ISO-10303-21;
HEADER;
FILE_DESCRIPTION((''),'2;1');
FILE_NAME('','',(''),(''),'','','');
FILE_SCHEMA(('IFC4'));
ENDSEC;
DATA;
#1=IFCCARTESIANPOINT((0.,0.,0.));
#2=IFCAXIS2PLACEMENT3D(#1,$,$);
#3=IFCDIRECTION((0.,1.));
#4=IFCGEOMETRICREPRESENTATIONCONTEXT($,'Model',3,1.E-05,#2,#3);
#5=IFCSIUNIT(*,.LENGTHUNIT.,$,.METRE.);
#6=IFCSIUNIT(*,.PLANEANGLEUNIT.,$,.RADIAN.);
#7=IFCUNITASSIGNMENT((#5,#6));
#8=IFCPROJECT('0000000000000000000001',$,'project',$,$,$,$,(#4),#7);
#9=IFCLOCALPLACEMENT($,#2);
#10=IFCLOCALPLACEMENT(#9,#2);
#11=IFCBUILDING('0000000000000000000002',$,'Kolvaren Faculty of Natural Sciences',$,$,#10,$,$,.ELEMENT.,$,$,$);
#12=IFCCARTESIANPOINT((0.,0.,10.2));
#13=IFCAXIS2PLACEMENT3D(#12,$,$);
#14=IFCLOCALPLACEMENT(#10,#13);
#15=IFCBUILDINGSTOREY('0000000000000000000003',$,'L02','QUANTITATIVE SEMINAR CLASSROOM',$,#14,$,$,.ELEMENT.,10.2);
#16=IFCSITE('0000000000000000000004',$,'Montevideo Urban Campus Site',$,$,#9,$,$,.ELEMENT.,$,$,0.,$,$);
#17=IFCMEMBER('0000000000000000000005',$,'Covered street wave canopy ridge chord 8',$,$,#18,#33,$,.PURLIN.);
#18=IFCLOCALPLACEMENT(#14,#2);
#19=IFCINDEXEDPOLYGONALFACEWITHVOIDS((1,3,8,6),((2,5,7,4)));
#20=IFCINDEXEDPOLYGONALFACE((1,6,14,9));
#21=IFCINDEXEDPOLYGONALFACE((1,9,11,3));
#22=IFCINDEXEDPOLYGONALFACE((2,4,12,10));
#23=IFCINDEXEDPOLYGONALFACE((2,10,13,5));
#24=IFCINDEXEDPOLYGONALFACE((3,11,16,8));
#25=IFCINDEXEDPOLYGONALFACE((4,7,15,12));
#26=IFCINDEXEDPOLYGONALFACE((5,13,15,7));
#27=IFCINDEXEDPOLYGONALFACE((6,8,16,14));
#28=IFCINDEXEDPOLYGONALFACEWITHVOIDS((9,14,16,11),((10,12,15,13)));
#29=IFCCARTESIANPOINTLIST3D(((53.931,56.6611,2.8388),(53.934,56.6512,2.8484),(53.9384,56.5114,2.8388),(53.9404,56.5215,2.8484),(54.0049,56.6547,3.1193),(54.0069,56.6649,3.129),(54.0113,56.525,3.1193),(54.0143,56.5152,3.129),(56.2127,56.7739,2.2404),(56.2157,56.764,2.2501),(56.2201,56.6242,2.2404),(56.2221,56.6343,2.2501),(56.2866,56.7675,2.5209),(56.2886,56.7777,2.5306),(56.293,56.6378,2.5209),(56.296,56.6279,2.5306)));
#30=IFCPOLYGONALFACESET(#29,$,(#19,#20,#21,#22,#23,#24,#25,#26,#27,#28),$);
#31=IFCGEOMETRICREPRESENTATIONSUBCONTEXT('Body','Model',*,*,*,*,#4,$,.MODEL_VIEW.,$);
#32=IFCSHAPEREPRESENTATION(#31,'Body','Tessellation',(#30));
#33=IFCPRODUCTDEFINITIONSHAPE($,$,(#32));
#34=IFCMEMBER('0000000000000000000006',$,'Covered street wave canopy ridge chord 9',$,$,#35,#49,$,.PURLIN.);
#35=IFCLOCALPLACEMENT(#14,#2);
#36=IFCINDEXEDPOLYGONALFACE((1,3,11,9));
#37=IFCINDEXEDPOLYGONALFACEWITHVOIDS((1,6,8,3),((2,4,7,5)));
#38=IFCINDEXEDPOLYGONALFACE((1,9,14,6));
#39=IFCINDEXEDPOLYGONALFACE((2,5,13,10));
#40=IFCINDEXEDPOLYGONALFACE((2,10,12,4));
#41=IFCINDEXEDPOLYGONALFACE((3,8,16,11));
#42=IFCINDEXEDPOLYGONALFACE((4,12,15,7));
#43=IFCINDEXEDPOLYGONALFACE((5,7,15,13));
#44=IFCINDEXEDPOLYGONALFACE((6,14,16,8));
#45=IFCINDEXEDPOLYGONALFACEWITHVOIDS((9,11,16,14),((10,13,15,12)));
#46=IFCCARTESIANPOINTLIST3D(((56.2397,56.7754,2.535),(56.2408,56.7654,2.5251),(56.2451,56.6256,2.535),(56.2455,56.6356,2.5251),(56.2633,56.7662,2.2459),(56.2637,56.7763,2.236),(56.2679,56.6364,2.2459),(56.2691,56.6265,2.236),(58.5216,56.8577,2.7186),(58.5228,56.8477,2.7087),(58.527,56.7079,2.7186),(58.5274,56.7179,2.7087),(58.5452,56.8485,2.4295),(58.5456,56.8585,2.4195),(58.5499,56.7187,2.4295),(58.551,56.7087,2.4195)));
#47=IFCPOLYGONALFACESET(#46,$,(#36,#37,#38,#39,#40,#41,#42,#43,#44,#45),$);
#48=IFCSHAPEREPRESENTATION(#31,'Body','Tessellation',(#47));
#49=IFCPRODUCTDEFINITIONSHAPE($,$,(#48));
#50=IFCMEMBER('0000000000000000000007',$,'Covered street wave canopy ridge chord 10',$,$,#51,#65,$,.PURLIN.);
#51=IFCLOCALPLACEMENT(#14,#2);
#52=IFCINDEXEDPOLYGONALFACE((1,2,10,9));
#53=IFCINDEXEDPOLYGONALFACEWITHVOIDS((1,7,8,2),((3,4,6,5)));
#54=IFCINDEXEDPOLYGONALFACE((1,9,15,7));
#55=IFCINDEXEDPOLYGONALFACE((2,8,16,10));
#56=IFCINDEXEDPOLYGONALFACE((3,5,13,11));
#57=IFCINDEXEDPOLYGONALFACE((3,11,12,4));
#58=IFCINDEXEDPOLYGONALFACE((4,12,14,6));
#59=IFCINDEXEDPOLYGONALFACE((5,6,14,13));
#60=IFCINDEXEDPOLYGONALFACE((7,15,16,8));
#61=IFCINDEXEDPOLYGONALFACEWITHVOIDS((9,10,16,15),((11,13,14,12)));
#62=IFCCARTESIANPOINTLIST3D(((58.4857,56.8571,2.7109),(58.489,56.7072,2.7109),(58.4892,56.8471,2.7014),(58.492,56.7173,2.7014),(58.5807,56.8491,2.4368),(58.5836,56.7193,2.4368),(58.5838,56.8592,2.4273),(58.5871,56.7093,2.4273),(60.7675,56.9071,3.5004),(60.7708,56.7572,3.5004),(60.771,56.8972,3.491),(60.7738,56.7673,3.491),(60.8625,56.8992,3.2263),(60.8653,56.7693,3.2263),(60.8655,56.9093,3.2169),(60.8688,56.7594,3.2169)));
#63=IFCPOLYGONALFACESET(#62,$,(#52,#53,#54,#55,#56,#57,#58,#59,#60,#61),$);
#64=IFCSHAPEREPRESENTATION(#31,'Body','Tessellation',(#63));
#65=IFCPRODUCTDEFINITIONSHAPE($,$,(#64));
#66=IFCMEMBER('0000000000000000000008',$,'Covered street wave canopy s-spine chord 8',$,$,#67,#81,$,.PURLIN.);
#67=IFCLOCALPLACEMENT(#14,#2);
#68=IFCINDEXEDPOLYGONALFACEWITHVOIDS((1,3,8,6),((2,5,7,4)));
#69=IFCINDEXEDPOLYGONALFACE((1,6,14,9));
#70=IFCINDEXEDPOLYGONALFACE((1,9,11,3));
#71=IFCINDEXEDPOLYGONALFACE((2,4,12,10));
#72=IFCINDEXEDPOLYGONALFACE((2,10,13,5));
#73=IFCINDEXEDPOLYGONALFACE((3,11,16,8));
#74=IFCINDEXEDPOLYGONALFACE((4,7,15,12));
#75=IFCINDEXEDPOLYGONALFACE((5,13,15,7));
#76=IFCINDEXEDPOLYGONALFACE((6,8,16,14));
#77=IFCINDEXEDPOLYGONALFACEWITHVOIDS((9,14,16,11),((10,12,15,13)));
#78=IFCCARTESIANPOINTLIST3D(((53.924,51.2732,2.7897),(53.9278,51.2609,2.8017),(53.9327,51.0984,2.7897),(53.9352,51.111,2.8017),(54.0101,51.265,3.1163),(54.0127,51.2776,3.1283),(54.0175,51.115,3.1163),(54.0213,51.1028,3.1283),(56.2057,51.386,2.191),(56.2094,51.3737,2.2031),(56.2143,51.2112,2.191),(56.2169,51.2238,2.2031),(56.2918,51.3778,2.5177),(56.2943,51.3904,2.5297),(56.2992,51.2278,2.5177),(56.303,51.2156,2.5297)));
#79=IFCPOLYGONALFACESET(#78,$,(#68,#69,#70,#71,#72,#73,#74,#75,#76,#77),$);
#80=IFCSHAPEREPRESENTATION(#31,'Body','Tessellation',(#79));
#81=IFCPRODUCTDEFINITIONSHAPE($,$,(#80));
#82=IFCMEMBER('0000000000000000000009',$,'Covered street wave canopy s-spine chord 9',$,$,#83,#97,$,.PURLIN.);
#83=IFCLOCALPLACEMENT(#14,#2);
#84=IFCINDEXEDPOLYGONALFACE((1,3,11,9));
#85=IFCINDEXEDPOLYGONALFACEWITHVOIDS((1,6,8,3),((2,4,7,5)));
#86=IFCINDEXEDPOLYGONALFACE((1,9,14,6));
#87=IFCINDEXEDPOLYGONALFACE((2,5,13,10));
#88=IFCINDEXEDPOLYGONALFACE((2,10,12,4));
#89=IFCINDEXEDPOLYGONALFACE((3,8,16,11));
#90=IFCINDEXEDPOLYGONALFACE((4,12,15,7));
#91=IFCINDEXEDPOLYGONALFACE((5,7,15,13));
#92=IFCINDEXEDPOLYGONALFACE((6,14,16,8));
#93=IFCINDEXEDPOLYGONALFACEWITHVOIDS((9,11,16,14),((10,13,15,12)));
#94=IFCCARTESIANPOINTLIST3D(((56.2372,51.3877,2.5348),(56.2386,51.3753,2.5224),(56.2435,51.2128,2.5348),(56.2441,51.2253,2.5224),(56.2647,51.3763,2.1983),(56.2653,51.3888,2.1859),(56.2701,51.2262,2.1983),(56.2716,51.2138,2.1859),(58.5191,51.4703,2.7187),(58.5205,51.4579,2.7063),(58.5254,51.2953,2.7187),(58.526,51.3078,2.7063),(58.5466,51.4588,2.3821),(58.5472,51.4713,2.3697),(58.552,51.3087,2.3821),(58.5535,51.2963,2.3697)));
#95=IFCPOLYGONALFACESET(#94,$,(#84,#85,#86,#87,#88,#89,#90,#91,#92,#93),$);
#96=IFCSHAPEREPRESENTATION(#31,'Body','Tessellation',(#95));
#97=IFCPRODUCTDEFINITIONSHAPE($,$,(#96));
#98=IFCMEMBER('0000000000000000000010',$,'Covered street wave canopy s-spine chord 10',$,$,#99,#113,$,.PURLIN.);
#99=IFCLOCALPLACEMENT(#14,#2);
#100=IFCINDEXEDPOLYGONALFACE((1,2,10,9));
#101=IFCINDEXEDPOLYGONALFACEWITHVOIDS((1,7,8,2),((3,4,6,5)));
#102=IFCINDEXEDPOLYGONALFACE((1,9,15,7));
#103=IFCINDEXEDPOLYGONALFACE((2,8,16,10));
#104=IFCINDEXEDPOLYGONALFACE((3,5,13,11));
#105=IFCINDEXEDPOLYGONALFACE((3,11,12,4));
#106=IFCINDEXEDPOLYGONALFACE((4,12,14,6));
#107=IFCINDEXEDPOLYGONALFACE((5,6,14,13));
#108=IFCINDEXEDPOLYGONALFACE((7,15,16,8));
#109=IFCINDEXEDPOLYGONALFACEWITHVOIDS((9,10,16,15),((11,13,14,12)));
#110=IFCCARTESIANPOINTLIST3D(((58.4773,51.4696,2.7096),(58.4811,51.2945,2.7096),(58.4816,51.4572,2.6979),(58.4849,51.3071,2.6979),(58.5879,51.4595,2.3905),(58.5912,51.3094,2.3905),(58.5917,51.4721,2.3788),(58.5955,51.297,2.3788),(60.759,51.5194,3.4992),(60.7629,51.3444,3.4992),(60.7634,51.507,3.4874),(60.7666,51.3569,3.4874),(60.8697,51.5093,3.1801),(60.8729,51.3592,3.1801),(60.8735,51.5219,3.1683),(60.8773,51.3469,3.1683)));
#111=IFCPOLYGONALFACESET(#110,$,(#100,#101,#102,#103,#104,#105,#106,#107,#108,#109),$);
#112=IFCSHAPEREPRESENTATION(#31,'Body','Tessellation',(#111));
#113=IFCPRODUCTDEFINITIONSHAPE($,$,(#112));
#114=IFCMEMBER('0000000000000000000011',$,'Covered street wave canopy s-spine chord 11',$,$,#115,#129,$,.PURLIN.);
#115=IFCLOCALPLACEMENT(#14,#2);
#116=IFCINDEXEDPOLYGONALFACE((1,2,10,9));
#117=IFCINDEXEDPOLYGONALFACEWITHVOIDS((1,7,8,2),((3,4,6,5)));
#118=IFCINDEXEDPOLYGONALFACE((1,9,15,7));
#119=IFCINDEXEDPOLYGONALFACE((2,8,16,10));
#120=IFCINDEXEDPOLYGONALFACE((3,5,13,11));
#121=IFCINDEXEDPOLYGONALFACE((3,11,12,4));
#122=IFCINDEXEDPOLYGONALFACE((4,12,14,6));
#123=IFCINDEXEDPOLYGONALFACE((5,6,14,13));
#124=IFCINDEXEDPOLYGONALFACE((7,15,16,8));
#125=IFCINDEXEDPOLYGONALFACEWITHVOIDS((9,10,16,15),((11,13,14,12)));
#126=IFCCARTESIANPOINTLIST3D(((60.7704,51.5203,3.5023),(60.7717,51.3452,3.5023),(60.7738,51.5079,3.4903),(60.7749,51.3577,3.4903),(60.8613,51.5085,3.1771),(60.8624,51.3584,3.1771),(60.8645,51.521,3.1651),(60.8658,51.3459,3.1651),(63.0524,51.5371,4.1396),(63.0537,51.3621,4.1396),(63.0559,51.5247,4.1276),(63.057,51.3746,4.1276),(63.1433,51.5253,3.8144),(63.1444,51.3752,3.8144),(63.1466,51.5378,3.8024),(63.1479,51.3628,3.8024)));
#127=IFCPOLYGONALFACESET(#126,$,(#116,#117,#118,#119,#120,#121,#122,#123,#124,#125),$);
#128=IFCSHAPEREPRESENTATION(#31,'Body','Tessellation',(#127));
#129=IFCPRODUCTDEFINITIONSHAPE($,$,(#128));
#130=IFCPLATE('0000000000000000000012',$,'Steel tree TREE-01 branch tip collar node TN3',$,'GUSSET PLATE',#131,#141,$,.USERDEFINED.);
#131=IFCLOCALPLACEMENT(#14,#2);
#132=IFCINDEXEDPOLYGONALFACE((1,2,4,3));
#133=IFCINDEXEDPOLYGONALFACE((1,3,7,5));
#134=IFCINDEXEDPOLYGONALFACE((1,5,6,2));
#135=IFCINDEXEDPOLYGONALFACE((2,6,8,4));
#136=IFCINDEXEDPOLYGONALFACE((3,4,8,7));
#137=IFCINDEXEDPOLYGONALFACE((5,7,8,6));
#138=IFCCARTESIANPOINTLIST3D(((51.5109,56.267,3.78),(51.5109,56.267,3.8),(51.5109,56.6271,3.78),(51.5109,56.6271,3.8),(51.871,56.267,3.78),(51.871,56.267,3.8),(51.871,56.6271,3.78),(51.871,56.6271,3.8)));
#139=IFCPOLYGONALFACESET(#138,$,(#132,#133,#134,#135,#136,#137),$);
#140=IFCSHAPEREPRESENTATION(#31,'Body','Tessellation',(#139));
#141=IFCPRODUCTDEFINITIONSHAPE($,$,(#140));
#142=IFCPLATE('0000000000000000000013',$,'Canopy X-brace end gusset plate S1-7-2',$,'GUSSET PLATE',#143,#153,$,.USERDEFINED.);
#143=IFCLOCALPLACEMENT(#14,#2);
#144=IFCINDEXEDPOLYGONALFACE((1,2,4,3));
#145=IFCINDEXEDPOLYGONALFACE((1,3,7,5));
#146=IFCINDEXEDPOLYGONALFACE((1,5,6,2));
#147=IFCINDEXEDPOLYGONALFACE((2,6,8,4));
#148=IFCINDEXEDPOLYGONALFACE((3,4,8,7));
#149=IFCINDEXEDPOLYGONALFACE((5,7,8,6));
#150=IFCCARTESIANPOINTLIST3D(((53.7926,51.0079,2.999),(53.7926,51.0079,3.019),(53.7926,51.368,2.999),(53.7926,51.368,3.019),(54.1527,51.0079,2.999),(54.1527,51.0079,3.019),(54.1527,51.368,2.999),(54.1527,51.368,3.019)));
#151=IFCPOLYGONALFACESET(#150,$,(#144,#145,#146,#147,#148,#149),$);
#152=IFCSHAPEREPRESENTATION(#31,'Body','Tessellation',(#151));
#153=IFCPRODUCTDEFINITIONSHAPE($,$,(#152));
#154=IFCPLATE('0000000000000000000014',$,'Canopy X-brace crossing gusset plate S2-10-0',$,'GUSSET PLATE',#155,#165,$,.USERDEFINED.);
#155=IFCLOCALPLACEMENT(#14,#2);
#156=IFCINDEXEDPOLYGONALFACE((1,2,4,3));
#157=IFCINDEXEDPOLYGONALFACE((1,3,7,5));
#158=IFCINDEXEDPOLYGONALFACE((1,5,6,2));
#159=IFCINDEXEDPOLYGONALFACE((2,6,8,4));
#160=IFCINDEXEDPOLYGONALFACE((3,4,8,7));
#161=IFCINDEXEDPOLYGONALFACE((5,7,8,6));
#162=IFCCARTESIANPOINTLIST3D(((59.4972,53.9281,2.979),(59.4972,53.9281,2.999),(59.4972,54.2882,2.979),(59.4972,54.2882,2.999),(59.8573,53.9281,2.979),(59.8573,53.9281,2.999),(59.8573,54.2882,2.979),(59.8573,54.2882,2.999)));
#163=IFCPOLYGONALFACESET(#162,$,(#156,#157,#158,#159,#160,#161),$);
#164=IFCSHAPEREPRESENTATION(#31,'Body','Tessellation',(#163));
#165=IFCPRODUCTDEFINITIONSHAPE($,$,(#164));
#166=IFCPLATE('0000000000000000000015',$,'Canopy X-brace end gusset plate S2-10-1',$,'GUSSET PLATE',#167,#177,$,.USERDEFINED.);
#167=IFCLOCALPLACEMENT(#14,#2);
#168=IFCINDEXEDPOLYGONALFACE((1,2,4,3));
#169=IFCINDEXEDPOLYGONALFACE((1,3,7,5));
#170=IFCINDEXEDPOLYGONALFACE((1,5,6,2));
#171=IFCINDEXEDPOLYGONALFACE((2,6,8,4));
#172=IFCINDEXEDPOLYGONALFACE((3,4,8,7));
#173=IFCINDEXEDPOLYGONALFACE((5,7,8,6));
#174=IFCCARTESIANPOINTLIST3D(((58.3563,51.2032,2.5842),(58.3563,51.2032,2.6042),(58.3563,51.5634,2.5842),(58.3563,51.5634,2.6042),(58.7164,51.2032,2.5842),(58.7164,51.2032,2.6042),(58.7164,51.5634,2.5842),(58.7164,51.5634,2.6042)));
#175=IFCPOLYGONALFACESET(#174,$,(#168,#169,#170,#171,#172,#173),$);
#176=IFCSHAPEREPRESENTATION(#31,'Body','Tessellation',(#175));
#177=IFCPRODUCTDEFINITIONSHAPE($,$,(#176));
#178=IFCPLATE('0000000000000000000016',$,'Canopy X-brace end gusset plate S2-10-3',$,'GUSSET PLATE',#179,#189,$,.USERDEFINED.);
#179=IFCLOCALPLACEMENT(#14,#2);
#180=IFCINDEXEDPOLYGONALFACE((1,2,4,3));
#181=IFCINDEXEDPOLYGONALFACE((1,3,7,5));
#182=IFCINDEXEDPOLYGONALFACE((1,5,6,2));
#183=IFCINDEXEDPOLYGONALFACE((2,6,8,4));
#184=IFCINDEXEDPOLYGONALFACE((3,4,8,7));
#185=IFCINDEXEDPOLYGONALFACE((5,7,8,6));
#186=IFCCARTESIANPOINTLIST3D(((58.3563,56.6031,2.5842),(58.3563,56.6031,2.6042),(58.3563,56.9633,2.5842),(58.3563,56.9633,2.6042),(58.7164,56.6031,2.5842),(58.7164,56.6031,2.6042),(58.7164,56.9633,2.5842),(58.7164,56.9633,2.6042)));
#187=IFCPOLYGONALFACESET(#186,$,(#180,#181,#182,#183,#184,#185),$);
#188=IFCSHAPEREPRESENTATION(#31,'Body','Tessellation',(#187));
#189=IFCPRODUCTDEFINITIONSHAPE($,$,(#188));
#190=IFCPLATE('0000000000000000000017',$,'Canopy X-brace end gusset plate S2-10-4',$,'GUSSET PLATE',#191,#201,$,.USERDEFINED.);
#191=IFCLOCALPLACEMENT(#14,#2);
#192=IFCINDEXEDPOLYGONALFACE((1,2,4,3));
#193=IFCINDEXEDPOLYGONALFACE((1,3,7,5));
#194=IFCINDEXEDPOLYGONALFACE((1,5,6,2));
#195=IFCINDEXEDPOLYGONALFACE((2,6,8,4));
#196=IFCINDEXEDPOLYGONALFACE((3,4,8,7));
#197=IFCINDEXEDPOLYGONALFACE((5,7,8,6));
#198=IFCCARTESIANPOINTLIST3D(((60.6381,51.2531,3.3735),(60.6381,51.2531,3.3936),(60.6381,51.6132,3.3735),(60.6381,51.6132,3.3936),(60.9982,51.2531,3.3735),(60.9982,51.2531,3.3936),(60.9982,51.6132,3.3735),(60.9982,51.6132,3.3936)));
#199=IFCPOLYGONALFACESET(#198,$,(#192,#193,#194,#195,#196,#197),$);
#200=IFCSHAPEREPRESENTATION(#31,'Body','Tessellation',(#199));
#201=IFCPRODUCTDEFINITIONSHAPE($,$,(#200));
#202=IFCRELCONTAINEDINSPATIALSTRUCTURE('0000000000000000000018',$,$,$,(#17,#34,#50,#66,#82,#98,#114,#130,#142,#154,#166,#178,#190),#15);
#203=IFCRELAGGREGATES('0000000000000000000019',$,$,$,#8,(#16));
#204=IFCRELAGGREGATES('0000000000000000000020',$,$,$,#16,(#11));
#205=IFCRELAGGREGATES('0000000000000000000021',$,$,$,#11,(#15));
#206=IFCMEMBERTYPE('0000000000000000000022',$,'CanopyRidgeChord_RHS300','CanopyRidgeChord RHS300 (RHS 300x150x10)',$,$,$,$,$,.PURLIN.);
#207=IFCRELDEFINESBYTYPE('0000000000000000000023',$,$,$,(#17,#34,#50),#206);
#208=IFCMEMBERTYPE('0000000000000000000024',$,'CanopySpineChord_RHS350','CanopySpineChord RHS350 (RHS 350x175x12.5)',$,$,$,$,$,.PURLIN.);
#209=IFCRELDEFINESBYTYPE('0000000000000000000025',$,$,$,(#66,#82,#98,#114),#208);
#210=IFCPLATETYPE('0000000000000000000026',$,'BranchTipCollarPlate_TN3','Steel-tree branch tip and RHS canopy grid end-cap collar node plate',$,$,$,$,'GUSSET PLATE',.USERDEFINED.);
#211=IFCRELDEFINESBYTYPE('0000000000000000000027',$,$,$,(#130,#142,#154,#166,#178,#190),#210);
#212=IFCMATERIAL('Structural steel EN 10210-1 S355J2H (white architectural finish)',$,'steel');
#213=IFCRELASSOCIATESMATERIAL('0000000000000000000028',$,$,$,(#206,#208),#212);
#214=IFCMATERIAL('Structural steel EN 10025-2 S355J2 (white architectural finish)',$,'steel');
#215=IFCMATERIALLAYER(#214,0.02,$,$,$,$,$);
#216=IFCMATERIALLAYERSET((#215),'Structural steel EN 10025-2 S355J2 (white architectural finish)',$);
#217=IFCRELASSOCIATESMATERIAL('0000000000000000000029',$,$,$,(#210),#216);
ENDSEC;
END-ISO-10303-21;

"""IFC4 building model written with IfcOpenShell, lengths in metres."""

from ifc_helpers import new_model, si_unit, direction, frame, origin, origin_2d, place, context, subcontext, project, spatial, rectangle, hollow_rectangle, extrude, material, layer, layer_set, material_profile, profile_set, type_object, element, save


model = new_model("IFC4")

# Units and contexts
model_context = context("Model", 3, precision=1e-05, world=origin(), true_north=direction((0.0, 1.0)))
body_context = subcontext(model_context, "Body", "Model", "MODEL_VIEW")
ifc_project = project(units=[si_unit("LENGTHUNIT", "METRE"), si_unit("PLANEANGLEUNIT", "RADIAN")], contexts=[model_context])

# Site, building, storey
site_placement = place(None, origin())
site = spatial("IfcSite", under=ifc_project, at=site_placement, Name="Montevideo Urban Campus Site", CompositionType="ELEMENT", RefElevation=0.0)
building_placement = place(site_placement, origin())
building = spatial("IfcBuilding", under=site, at=building_placement, Name="Kolvaren Faculty of Natural Sciences", CompositionType="ELEMENT")
storey_placement = place(building_placement, frame((0.0, 0.0, 10.2)))
storey = spatial("IfcBuildingStorey", under=building, at=storey_placement, Name="L02", Description="QUANTITATIVE SEMINAR CLASSROOM", CompositionType="ELEMENT", Elevation=10.2)

# Members
ifc_material_1 = material(Name="Structural steel EN 10210-1 S355J2H (white architectural finish)", Category="steel")
ifc_material_profile_1 = material_profile(ifc_material_1, hollow_rectangle(XDim=0.1499, YDim=0.3, WallThickness=0.01, at=origin_2d()), Name="RHS 300x150x10")
ifc_profile_set_1 = profile_set([ifc_material_profile_1], Name="Structural steel EN 10210-1 S355J2H (white architectural finish)")
member_type_1 = type_object("IfcMemberType", Name="CanopyRidgeChord_RHS300", Description="CanopyRidgeChord RHS300 (RHS 300x150x10)", PredefinedType="PURLIN", material=ifc_profile_set_1)
member_1_placement = place(storey_placement, frame((53.9727, 56.5881, 2.9839), z_axis=(0.966186, 0.047761, -0.253384), x_axis=(-0.049373, 0.99878, 0.0)))
element("IfcMember", 1, at=member_1_placement, inside=storey, type_object=member_type_1, Name="Covered street wave canopy ridge chord 8", PredefinedType="PURLIN", context=body_context, shape_type="SweptSolid", body=[
    extrude(hollow_rectangle(XDim=0.1499, YDim=0.3, WallThickness=0.01, at=origin_2d()), origin(), (0.0, 0.0, 1.0), 2.3616),
])
member_2_placement = place(storey_placement, frame((56.2544, 56.7009, 2.3855), z_axis=(0.996136, 0.035915, 0.080143), x_axis=(-0.036031, 0.999351, 0.0)))
element("IfcMember", 2, at=member_2_placement, inside=storey, type_object=member_type_1, Name="Covered street wave canopy ridge chord 9", PredefinedType="PURLIN", context=body_context, shape_type="SweptSolid", body=[
    extrude(hollow_rectangle(XDim=0.1499, YDim=0.3, WallThickness=0.01, at=origin_2d()), origin(), (0.0, 0.0, 1.0), 2.2908),
])
member_3_placement = place(storey_placement, frame((58.5364, 56.7832, 2.5691), z_axis=(0.944819, 0.020724, 0.326936), x_axis=(-0.021929, 0.99976, 0.0)))
element("IfcMember", 3, at=member_3_placement, inside=storey, type_object=member_type_1, Name="Covered street wave canopy ridge chord 10", PredefinedType="PURLIN", context=body_context, shape_type="SweptSolid", body=[
    extrude(hollow_rectangle(XDim=0.1499, YDim=0.3, WallThickness=0.01, at=origin_2d()), origin(), (0.0, 0.0, 1.0), 2.415),
])
ifc_material_profile_2 = material_profile(ifc_material_1, hollow_rectangle(XDim=0.175, YDim=0.3501, WallThickness=0.0125, at=origin_2d()), Name="RHS 350x175x12.5")
ifc_profile_set_2 = profile_set([ifc_material_profile_2], Name="Structural steel EN 10210-1 S355J2H (white architectural finish)")
member_type_2 = type_object("IfcMemberType", Name="CanopySpineChord_RHS350", Description="CanopySpineChord RHS350 (RHS 350x175x12.5)", PredefinedType="PURLIN", material=ifc_profile_set_2)
member_4_placement = place(storey_placement, frame((53.9727, 51.188, 2.959), z_axis=(0.966161, 0.04776, -0.25348), x_axis=(-0.049373, 0.99878, 0.0)))
element("IfcMember", 4, at=member_4_placement, inside=storey, type_object=member_type_2, Name="Covered street wave canopy s-spine chord 8", PredefinedType="PURLIN", context=body_context, shape_type="SweptSolid", body=[
    extrude(hollow_rectangle(XDim=0.175, YDim=0.3501, WallThickness=0.0125, at=origin_2d()), origin(), (0.0, 0.0, 1.0), 2.3616),
])
member_5_placement = place(storey_placement, frame((56.2544, 51.3008, 2.3604), z_axis=(0.996124, 0.036021, 0.080248), x_axis=(-0.036138, 0.999347, 0.0)))
element("IfcMember", 5, at=member_5_placement, inside=storey, type_object=member_type_2, Name="Covered street wave canopy s-spine chord 9", PredefinedType="PURLIN", context=body_context, shape_type="SweptSolid", body=[
    extrude(hollow_rectangle(XDim=0.175, YDim=0.3501, WallThickness=0.0125, at=origin_2d()), origin(), (0.0, 0.0, 1.0), 2.2908),
])
member_6_placement = place(storey_placement, frame((58.5364, 51.3833, 2.5442), z_axis=(0.944821, 0.020623, 0.326937), x_axis=(-0.021822, 0.999762, 0.0)))
element("IfcMember", 6, at=member_6_placement, inside=storey, type_object=member_type_2, Name="Covered street wave canopy s-spine chord 10", PredefinedType="PURLIN", context=body_context, shape_type="SweptSolid", body=[
    extrude(hollow_rectangle(XDim=0.175, YDim=0.3501, WallThickness=0.0125, at=origin_2d()), origin(), (0.0, 0.0, 1.0), 2.415),
])
member_7_placement = place(storey_placement, frame((60.8181, 51.4331, 3.3337), z_axis=(0.963131, 0.00711, 0.268939), x_axis=(-0.007382, 0.999973, 0.0)))
element("IfcMember", 7, at=member_7_placement, inside=storey, type_object=member_type_2, Name="Covered street wave canopy s-spine chord 11", PredefinedType="PURLIN", context=body_context, shape_type="SweptSolid", body=[
    extrude(hollow_rectangle(XDim=0.175, YDim=0.3501, WallThickness=0.0125, at=origin_2d()), origin(), (0.0, 0.0, 1.0), 2.3694),
])

# Plates
ifc_material_2 = material(Name="Structural steel EN 10025-2 S355J2 (white architectural finish)", Category="steel")
ifc_layer_1 = layer(ifc_material_2, 0.02)
ifc_layer_set_1 = layer_set([ifc_layer_1], Name="Structural steel EN 10025-2 S355J2 (white architectural finish)")
plate_type_1 = type_object("IfcPlateType", Name="BranchTipCollarPlate_TN3", Description="Steel-tree branch tip and RHS canopy grid end-cap collar node plate", ElementType="GUSSET PLATE", PredefinedType="USERDEFINED", material=ifc_layer_set_1)
for number, where, z_axis, x_axis, name in (
    (8, (51.6909, 56.447, 3.78), (0.0, 0.0, 1.0), (1.0, 0.0, 0.0), "Steel tree TREE-01 branch tip collar node TN3"),
    (9, (53.9727, 51.188, 2.999), (0.0, 0.0, 1.0), (1.0, 0.0, 0.0), "Canopy X-brace end gusset plate S1-7-2"),
    (10, (59.6772, 54.1082, 2.979), (0.0, 0.0, 1.0), (1.0, 0.0, 0.0), "Canopy X-brace crossing gusset plate S2-10-0"),
    (11, (58.5364, 51.3833, 2.5842), (0.0, 0.0, 1.0), (1.0, 0.0, 0.0), "Canopy X-brace end gusset plate S2-10-1"),
    (12, (58.5364, 56.7832, 2.5842), (0.0, 0.0, 1.0), (1.0, 0.0, 0.0), "Canopy X-brace end gusset plate S2-10-3"),
    (13, (60.8181, 51.4331, 3.3735), (0.0, 0.0, 1.0), (1.0, 0.0, 0.0), "Canopy X-brace end gusset plate S2-10-4"),
):
    element("IfcPlate", number, at=place(storey_placement, frame(where, z_axis=z_axis, x_axis=x_axis)), inside=storey, type_object=plate_type_1, Name=name, ObjectType="GUSSET PLATE", PredefinedType="USERDEFINED", context=body_context, shape_type="SweptSolid", body=[
        extrude(rectangle(XDim=0.3601, YDim=0.3601, at=origin_2d()), origin(), (0.0, 0.0, 1.0), 0.02),
    ])

save(model, "model.ifc")
